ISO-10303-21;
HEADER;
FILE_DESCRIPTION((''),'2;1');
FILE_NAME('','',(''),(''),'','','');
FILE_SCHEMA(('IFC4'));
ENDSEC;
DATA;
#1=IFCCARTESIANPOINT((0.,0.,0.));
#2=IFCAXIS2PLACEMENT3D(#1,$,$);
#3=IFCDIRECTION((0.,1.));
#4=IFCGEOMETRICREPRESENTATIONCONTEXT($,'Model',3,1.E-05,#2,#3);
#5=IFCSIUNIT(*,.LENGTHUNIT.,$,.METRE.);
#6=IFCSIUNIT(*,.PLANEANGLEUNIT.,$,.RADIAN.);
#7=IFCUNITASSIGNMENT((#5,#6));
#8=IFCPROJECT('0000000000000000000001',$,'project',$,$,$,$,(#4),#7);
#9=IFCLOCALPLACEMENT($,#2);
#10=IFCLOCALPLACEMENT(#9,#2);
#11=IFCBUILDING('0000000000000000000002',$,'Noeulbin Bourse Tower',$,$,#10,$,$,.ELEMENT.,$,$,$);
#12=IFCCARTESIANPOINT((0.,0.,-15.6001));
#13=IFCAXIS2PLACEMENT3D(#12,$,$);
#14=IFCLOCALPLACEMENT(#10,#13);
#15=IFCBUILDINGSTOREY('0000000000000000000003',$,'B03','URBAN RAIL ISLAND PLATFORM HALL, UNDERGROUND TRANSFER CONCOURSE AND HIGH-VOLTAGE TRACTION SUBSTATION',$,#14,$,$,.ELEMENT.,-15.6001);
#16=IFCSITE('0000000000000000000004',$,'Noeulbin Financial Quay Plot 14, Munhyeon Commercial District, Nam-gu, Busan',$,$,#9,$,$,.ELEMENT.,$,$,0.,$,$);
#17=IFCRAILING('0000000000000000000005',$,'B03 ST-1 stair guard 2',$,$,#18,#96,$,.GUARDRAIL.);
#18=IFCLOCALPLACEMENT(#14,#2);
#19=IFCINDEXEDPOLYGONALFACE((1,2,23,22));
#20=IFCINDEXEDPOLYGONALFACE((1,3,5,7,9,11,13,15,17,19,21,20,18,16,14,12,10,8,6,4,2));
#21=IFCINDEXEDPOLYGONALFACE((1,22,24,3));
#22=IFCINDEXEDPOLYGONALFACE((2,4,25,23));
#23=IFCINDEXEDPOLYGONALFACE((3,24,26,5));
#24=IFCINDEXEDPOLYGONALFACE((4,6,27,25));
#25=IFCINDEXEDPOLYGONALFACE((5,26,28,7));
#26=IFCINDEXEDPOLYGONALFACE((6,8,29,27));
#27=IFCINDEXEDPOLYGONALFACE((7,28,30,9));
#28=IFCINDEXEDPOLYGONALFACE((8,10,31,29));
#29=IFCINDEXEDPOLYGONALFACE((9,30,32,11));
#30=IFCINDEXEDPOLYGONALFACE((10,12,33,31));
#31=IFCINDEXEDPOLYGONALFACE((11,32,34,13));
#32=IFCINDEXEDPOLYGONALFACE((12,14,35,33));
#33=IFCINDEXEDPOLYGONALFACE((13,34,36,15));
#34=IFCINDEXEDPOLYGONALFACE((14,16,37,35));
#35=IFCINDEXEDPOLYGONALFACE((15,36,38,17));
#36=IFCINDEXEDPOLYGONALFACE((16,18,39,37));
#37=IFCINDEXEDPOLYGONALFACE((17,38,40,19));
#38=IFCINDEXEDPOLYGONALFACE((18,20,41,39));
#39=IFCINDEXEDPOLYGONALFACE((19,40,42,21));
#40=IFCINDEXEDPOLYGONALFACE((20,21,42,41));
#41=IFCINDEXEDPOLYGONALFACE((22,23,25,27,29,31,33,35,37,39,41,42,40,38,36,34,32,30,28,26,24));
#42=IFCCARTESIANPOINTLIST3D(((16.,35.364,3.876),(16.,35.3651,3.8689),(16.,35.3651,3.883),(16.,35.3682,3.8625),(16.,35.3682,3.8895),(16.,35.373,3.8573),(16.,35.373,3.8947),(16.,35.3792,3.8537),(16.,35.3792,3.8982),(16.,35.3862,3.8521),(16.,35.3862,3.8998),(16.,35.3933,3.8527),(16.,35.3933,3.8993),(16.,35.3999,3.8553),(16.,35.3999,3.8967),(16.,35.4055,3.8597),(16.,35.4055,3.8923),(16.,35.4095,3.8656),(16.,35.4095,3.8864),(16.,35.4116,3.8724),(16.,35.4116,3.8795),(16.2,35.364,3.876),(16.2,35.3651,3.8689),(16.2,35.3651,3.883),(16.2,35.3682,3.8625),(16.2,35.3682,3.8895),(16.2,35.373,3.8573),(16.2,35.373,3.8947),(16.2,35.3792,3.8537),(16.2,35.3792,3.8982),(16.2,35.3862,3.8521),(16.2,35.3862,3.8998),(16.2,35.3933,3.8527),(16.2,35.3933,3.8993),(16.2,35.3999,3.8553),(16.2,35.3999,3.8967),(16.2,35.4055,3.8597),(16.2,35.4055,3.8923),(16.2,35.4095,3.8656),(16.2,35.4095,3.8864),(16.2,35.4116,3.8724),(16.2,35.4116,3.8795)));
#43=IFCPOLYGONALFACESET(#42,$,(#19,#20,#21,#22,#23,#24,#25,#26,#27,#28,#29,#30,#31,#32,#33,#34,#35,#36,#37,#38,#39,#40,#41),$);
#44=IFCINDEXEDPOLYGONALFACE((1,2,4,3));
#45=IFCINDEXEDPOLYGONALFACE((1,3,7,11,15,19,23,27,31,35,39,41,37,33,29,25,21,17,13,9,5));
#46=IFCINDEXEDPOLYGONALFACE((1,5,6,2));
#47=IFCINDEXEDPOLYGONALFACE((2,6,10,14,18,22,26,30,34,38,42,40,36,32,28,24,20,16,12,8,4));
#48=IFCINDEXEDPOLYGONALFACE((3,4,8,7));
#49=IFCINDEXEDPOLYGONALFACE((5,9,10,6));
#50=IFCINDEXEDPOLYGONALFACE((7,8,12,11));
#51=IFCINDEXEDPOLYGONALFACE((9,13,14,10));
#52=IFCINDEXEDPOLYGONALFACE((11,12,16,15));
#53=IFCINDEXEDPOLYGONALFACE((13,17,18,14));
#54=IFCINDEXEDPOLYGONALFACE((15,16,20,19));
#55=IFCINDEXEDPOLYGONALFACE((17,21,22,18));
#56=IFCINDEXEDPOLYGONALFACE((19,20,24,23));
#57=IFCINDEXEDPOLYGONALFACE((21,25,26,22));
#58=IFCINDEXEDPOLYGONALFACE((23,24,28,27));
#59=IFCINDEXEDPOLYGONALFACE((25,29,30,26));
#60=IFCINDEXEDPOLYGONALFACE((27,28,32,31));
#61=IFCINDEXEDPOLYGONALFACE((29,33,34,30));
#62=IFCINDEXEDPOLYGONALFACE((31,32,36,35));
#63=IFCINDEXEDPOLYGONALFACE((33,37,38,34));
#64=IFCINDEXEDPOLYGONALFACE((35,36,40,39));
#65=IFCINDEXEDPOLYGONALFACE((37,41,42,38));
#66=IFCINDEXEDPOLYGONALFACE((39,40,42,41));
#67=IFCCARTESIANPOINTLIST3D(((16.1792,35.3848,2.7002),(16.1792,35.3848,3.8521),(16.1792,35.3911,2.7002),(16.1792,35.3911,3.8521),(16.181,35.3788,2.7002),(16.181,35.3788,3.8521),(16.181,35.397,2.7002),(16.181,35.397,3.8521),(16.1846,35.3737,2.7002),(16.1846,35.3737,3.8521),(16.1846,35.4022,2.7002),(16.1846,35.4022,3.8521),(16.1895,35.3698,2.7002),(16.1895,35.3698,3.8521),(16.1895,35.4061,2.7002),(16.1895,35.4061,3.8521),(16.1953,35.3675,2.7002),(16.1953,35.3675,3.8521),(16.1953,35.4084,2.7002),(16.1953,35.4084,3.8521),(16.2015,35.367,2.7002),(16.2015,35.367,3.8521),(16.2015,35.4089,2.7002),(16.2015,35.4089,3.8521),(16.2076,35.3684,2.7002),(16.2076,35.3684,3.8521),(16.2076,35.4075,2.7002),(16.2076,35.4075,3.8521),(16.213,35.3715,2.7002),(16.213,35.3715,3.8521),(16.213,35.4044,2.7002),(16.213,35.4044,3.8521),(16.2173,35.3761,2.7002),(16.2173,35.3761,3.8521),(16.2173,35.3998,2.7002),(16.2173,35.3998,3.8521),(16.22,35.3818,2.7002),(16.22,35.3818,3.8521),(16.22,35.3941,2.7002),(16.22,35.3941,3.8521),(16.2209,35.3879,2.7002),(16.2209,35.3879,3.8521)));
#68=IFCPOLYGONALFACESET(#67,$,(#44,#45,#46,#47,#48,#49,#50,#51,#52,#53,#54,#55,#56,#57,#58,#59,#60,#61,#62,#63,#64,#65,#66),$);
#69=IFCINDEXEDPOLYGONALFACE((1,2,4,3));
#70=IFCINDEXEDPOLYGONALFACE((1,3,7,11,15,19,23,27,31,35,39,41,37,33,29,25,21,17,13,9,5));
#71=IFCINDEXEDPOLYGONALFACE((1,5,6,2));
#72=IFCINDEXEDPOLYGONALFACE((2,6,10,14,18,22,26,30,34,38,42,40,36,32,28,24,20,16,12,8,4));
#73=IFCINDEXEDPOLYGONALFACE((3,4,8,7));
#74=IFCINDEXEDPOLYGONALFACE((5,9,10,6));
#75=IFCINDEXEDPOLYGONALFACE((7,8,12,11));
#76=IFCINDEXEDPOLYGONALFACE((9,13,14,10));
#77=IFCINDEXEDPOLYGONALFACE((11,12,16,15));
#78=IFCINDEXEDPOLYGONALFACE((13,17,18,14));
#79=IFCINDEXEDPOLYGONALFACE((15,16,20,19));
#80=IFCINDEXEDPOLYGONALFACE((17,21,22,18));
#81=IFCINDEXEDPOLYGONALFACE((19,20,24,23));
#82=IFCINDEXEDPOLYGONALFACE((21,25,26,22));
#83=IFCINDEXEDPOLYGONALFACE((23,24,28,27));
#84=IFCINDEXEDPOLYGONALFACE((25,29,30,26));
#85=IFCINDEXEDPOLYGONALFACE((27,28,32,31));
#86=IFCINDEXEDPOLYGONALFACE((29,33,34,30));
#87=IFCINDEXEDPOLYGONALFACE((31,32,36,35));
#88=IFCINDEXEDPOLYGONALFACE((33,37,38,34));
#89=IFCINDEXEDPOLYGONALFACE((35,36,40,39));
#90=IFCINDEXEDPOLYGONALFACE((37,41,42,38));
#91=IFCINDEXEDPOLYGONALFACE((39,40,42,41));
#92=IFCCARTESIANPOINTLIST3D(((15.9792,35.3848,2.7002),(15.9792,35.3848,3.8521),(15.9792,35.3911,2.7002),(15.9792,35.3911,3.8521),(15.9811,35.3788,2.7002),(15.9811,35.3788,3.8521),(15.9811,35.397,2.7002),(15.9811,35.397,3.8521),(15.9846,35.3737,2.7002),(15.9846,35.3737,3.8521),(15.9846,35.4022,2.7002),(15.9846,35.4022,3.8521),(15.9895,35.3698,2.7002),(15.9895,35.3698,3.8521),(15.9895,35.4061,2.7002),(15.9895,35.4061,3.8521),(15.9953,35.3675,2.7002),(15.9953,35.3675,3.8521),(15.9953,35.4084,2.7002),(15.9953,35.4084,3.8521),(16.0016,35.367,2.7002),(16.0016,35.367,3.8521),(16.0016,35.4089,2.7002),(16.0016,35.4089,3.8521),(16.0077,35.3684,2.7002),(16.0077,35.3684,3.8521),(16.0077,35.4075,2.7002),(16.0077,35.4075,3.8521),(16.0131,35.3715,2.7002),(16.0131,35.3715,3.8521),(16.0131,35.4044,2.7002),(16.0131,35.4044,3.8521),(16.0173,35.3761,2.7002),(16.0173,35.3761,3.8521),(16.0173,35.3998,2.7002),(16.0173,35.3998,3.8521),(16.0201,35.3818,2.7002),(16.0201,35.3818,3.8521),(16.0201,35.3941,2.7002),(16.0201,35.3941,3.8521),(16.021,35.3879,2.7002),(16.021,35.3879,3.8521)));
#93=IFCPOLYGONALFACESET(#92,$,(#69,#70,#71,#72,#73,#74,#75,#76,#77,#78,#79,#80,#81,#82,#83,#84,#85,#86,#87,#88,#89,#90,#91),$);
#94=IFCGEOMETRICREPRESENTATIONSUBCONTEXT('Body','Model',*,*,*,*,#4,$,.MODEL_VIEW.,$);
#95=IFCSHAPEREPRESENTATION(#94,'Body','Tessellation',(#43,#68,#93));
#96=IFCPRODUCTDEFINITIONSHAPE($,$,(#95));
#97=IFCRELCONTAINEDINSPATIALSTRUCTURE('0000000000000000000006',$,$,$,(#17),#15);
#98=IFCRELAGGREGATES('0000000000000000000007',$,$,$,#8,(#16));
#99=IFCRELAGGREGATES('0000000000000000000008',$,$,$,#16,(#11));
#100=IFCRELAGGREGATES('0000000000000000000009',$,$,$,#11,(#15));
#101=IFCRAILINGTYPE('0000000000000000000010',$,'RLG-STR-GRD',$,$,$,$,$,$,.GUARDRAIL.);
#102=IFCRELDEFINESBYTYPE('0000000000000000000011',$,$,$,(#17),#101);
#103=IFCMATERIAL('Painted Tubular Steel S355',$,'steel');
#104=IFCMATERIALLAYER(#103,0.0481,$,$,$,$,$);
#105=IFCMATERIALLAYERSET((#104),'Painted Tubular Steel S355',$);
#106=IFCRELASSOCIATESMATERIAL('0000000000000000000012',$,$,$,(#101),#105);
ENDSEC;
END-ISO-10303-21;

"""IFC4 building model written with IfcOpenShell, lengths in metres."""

from ifc_helpers import new_model, si_unit, direction, frame, origin, origin_2d, place, context, subcontext, project, spatial, circle, extrude, material, layer, layer_set, type_object, element, save


model = new_model("IFC4")

# Units and contexts
model_context = context("Model", 3, precision=1e-05, world=origin(), true_north=direction((0.0, 1.0)))
body_context = subcontext(model_context, "Body", "Model", "MODEL_VIEW")
ifc_project = project(units=[si_unit("LENGTHUNIT", "METRE"), si_unit("PLANEANGLEUNIT", "RADIAN")], contexts=[model_context])

# Site, building, storey
site_placement = place(None, origin())
site = spatial("IfcSite", under=ifc_project, at=site_placement, Name="Noeulbin Financial Quay Plot 14, Munhyeon Commercial District, Nam-gu, Busan", CompositionType="ELEMENT", RefElevation=0.0)
building_placement = place(site_placement, origin())
building = spatial("IfcBuilding", under=site, at=building_placement, Name="Noeulbin Bourse Tower", CompositionType="ELEMENT")
storey_placement = place(building_placement, frame((0.0, 0.0, -15.6001)))
storey = spatial("IfcBuildingStorey", under=building, at=storey_placement, Name="B03", Description="URBAN RAIL ISLAND PLATFORM HALL, UNDERGROUND TRANSFER CONCOURSE AND HIGH-VOLTAGE TRACTION SUBSTATION", CompositionType="ELEMENT", Elevation=-15.6001)

# Railing
ifc_material_1 = material(Name="Painted Tubular Steel S355", Category="steel")
ifc_layer_1 = layer(ifc_material_1, 0.0481)
ifc_layer_set_1 = layer_set([ifc_layer_1], Name="Painted Tubular Steel S355")
railing_type_1 = type_object("IfcRailingType", Name="RLG-STR-GRD", PredefinedType="GUARDRAIL", material=ifc_layer_set_1)
railing_1_placement = place(storey_placement, frame((16.2, 35.3879, 2.7002)))
element("IfcRailing", 1, at=railing_1_placement, inside=storey, type_object=railing_type_1, Name="B03 ST-1 stair guard 2", PredefinedType="GUARDRAIL", context=body_context, shape_type="SweptSolid", body=[
    extrude(circle(Radius=0.0239, at=origin_2d()), frame((0.0, 0.0, 1.1758), z_axis=(-1.0, 0.0, 0.0), x_axis=(0.0, -1.0, 0.0)), (0.0, 0.0, 1.0), 0.2),
    extrude(circle(Radius=0.021, at=origin_2d()), origin(), (0.0, 0.0, 1.0), 1.1519),
    extrude(circle(Radius=0.021, at=origin_2d()), frame((-0.2, 0.0, 0.0)), (0.0, 0.0, 1.0), 1.1519),
])

save(model, "model.ifc")
